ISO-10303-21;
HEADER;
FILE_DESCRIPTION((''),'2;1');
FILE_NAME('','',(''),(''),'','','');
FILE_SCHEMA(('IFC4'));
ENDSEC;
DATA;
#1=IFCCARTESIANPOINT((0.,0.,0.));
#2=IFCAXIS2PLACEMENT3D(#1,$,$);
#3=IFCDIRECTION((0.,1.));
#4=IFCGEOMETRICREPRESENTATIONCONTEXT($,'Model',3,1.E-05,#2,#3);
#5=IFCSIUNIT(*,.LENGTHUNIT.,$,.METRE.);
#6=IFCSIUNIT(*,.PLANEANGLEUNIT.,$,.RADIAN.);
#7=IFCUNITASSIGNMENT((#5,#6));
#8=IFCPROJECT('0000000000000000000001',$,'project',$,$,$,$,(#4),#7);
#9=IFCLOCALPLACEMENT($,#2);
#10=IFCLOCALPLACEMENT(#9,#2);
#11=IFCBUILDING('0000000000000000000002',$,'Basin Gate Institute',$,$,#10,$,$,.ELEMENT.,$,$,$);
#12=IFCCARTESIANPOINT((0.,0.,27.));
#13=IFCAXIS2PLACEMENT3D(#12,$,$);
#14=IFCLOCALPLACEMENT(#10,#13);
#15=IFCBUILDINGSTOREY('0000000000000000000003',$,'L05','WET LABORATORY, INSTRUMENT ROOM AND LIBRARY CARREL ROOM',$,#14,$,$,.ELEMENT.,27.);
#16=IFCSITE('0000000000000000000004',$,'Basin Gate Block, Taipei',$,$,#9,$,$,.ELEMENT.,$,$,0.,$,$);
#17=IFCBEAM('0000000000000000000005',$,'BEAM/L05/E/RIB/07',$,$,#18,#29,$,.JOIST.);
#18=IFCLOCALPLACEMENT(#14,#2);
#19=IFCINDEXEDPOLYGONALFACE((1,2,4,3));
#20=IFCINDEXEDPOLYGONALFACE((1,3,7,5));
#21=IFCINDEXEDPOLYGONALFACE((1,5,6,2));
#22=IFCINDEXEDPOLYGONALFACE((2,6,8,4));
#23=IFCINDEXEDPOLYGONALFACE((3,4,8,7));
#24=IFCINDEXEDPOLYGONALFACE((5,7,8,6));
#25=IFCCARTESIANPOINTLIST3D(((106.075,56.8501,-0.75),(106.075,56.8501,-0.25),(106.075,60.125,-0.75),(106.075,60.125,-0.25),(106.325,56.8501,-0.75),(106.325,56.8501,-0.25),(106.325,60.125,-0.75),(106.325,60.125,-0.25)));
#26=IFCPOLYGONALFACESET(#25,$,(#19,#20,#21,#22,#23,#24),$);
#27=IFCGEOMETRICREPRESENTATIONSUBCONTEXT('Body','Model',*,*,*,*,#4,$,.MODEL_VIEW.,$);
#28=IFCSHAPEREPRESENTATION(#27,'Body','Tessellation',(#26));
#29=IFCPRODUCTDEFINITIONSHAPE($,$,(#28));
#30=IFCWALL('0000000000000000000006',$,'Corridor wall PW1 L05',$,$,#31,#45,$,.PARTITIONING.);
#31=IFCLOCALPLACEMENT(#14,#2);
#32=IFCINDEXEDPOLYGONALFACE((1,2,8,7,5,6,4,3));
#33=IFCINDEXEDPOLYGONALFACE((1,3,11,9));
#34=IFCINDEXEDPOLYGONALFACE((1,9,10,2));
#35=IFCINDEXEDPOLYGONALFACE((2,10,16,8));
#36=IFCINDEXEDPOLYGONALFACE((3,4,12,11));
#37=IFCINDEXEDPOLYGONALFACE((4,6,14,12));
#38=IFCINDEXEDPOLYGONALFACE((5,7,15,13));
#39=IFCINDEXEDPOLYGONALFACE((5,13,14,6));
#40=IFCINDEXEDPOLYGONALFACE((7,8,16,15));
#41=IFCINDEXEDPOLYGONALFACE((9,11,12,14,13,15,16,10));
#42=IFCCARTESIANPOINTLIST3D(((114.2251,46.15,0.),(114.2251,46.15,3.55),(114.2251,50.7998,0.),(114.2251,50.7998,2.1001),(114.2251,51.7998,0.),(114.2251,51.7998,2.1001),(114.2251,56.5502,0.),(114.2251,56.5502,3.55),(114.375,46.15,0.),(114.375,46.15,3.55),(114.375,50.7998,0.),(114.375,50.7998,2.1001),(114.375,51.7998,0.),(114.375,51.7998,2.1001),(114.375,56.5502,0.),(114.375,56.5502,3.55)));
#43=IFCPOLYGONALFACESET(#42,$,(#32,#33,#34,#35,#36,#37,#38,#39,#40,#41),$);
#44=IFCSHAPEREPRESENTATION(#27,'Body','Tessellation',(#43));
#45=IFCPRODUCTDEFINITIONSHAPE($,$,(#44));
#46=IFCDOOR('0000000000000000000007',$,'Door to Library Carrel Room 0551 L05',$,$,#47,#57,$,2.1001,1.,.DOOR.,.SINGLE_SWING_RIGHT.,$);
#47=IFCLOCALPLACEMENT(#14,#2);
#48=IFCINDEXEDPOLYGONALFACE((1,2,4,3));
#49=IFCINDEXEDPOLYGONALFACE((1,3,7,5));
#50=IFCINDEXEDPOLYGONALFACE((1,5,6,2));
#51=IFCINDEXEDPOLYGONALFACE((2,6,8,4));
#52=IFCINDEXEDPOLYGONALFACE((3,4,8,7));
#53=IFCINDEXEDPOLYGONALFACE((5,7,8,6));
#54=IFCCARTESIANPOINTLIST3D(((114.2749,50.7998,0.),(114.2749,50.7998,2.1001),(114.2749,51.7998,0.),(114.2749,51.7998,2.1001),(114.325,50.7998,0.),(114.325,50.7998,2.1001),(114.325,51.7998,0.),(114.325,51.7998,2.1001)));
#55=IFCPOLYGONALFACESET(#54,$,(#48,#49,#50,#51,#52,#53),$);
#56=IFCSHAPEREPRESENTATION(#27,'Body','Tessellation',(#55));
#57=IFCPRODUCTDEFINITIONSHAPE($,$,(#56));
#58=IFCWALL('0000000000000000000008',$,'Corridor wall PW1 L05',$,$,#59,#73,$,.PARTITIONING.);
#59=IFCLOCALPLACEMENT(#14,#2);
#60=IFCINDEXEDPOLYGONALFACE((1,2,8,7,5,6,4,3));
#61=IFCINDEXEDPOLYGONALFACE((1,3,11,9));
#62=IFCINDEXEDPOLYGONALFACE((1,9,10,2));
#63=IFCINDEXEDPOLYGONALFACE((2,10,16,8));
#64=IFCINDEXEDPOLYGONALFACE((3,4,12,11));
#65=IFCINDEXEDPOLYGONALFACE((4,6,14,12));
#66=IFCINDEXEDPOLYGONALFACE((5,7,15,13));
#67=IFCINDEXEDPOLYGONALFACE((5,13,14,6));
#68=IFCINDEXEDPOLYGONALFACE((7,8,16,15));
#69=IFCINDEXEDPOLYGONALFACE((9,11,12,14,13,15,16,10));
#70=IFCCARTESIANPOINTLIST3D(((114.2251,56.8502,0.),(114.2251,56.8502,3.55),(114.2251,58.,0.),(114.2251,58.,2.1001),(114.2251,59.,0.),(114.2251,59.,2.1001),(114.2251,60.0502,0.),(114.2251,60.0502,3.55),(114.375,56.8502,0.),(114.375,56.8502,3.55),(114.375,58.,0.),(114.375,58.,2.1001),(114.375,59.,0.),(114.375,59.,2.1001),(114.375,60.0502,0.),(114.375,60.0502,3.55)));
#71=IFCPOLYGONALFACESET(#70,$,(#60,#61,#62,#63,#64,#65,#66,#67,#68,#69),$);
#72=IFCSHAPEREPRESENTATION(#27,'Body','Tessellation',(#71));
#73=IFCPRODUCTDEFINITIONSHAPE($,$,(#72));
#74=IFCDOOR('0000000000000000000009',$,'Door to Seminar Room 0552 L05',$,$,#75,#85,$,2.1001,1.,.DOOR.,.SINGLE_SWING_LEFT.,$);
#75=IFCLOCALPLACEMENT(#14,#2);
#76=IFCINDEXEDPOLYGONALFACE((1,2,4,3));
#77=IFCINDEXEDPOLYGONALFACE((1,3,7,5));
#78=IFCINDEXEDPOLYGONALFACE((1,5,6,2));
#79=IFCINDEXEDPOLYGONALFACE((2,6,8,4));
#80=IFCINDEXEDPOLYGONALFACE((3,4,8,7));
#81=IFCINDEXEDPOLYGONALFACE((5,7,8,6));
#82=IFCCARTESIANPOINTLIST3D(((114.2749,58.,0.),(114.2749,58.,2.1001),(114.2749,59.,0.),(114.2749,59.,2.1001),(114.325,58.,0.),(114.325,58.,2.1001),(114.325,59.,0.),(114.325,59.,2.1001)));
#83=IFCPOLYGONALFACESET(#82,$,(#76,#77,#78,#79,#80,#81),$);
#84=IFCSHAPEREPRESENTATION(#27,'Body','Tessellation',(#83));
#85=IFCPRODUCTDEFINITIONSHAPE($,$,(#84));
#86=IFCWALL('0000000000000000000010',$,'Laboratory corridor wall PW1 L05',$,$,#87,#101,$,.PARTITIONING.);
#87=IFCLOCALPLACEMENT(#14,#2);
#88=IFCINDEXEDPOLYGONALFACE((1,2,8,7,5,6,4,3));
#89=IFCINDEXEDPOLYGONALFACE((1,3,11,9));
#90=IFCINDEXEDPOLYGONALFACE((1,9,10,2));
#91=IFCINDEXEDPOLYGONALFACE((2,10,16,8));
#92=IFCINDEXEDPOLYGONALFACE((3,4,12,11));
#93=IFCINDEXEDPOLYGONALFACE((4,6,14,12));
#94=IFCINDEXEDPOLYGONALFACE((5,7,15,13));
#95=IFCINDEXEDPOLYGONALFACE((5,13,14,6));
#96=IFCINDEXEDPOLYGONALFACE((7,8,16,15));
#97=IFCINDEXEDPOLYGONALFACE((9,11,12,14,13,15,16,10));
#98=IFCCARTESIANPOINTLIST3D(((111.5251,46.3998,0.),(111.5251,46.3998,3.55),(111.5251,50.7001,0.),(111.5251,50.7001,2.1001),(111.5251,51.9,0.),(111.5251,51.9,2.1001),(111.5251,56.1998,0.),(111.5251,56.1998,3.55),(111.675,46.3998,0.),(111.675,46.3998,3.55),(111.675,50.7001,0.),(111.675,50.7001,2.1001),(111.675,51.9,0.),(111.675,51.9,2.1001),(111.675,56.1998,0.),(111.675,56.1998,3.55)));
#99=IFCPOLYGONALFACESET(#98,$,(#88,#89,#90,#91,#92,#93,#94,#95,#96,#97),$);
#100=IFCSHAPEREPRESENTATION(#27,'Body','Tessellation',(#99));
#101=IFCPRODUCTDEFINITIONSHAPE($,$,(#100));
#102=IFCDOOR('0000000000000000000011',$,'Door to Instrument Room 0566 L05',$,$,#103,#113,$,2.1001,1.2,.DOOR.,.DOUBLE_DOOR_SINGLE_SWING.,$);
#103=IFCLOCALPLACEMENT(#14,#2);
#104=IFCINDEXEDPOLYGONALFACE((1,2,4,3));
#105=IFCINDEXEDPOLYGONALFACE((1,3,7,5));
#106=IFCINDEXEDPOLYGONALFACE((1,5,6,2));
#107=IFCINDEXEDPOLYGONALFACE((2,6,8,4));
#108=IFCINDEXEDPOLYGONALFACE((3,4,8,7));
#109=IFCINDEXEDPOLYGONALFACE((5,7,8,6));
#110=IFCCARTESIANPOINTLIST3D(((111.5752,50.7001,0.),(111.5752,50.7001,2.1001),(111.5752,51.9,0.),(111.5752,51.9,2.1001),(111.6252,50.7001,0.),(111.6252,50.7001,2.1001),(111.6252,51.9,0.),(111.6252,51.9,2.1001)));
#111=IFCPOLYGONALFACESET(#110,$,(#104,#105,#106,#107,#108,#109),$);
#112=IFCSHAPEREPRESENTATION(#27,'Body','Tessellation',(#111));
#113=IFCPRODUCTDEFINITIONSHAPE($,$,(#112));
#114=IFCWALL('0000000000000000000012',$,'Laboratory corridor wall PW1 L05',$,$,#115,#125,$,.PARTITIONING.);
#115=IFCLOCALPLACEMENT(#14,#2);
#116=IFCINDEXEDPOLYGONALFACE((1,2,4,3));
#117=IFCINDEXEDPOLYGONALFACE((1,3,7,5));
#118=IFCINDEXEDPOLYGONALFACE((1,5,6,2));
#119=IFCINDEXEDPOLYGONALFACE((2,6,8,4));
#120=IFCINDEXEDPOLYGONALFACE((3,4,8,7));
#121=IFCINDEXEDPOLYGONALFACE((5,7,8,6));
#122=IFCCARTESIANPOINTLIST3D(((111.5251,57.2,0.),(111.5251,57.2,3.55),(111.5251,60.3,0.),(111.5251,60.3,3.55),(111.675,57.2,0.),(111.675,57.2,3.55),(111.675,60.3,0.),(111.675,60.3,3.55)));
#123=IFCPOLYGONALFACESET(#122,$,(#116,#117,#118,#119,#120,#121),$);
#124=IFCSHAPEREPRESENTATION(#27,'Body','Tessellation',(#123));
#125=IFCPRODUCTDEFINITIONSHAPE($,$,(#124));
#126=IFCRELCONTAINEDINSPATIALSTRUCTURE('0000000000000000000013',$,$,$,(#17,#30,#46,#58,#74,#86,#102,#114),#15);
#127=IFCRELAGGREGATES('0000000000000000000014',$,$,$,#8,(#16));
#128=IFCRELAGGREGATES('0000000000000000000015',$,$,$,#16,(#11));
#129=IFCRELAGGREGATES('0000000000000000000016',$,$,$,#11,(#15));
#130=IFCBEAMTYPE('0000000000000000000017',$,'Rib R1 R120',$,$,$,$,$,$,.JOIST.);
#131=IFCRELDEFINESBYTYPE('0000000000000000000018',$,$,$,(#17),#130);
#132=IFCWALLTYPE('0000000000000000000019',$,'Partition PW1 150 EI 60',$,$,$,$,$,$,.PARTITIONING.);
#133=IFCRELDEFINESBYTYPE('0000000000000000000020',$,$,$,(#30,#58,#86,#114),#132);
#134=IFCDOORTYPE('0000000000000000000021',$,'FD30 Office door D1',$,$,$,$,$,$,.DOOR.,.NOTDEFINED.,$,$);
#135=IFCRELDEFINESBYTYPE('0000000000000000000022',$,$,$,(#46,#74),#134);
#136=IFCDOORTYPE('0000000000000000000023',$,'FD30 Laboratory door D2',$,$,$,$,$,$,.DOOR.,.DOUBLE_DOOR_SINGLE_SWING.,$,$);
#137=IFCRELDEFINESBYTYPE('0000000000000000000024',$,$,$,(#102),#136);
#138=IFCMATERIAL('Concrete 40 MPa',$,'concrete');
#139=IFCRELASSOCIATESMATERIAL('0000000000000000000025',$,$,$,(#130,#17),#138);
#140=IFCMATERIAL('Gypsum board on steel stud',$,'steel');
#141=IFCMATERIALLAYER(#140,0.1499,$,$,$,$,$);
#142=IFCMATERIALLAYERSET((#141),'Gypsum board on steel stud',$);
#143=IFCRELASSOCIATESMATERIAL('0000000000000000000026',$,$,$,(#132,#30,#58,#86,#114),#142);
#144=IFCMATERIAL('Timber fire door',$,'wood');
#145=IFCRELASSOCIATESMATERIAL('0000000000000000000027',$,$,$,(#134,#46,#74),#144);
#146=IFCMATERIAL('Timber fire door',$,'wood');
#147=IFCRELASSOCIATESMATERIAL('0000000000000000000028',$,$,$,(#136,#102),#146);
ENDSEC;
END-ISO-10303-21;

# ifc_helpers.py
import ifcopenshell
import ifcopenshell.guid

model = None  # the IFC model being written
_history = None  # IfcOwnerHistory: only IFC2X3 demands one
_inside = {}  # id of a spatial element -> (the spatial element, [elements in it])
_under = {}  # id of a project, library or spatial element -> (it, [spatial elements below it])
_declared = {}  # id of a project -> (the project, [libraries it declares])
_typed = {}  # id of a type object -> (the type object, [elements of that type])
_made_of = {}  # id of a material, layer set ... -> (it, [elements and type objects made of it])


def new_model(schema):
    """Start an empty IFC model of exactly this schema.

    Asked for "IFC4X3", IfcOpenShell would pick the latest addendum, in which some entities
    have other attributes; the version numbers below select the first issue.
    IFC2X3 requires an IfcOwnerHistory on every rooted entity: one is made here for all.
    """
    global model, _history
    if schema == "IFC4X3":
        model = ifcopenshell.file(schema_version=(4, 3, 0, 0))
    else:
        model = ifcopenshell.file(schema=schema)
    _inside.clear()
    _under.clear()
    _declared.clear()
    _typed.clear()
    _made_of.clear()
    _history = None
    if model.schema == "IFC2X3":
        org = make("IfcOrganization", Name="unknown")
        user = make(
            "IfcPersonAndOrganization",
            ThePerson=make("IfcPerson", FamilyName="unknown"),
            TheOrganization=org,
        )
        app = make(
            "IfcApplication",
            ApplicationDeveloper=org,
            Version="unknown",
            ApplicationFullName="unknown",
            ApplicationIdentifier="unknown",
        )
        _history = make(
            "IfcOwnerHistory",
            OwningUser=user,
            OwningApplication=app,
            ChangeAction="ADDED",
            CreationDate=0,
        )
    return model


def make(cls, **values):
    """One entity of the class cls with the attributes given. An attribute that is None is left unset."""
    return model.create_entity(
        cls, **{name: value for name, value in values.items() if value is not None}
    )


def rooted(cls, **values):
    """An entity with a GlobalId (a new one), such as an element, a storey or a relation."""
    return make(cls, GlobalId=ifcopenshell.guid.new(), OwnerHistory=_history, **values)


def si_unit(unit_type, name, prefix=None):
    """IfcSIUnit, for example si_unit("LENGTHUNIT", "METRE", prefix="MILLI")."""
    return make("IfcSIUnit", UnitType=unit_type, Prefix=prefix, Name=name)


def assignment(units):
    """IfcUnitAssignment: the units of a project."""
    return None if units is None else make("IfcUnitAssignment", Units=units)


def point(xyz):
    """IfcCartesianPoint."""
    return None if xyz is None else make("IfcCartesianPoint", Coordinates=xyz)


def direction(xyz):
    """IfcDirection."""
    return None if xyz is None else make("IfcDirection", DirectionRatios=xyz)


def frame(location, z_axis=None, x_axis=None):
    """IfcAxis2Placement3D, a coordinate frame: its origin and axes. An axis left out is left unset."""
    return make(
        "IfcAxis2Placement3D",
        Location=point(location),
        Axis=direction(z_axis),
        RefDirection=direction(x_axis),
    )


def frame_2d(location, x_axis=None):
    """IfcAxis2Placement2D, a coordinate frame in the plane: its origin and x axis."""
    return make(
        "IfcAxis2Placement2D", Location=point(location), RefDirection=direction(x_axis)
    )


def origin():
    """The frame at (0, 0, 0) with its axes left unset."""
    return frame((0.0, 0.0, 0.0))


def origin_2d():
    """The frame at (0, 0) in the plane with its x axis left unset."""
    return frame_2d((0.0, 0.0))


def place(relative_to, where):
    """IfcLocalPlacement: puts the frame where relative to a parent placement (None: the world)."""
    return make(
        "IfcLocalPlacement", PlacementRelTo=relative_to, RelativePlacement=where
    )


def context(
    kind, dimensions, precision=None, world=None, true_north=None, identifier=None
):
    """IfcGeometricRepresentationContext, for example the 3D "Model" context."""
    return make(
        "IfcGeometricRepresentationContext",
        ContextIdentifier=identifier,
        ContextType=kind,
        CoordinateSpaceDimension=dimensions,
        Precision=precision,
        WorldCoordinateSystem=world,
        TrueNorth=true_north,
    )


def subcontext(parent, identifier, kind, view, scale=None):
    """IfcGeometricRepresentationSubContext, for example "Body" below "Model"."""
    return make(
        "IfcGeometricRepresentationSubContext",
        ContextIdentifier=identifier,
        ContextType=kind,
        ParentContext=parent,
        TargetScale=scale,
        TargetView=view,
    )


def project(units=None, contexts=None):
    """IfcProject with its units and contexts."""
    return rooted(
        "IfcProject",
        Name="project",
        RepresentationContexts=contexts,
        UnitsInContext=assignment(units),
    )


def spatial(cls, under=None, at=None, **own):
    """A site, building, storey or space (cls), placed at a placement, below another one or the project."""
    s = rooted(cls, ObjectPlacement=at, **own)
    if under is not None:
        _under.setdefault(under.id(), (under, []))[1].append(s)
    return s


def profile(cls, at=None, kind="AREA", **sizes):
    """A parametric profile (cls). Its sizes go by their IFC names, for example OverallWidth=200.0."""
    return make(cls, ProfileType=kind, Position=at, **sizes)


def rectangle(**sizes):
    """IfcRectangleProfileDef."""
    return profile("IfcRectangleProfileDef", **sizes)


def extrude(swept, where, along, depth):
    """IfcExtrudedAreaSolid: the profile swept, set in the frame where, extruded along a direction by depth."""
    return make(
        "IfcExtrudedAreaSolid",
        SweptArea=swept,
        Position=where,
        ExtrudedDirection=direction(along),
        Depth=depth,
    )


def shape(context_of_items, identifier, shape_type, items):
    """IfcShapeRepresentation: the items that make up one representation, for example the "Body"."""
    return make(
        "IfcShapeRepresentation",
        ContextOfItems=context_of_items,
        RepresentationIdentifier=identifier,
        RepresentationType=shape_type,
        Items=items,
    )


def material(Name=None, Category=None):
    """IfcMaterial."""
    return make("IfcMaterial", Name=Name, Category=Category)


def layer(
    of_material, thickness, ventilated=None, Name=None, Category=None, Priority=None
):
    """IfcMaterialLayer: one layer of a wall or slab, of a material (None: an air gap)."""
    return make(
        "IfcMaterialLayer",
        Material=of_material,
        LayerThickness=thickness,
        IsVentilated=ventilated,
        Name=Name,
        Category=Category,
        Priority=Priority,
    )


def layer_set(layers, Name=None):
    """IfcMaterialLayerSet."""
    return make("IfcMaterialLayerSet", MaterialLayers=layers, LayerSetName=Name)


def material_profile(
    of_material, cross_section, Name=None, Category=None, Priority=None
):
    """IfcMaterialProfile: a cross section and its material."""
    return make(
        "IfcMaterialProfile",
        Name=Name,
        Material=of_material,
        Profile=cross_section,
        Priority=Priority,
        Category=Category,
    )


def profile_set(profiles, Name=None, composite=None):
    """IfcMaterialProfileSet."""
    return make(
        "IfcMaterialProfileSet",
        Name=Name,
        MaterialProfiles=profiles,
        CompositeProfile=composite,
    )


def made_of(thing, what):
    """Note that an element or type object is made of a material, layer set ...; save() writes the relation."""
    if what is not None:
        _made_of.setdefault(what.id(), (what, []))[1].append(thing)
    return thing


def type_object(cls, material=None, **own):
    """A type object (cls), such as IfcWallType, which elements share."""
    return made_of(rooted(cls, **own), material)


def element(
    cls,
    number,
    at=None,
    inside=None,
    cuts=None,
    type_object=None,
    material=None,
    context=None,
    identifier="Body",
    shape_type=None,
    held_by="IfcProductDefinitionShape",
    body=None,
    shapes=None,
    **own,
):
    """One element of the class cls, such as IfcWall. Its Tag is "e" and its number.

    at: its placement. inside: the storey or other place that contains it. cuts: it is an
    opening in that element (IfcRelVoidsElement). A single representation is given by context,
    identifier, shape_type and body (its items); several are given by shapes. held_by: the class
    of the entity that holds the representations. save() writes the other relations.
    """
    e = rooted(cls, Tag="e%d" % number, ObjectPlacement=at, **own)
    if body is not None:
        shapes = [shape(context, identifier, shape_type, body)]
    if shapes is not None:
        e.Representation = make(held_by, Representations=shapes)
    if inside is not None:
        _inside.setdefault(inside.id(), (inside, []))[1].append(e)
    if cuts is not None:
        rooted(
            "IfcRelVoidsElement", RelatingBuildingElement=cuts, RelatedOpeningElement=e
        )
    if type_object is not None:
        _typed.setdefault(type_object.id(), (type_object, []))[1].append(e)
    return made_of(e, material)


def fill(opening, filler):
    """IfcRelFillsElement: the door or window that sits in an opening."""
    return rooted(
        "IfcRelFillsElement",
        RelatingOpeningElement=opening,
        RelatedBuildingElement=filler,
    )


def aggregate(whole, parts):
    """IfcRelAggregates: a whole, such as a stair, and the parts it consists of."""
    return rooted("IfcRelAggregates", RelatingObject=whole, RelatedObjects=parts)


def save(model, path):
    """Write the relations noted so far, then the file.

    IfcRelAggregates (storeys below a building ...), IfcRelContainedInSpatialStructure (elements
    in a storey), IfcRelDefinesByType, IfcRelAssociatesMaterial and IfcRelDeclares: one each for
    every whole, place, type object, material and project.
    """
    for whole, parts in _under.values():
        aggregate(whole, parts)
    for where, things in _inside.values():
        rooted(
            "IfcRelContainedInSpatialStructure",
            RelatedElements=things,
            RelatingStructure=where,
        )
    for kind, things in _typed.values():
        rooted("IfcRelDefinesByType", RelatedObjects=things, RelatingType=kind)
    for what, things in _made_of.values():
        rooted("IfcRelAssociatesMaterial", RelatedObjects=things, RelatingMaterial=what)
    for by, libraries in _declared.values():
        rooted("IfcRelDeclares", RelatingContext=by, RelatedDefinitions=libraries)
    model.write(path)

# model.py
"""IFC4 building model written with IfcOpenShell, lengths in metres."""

from ifc_helpers import new_model, si_unit, direction, frame, frame_2d, origin, origin_2d, place, context, subcontext, project, spatial, rectangle, extrude, material, layer, layer_set, material_profile, profile_set, type_object, element, fill, save


model = new_model("IFC4")

# Units and contexts
model_context = context("Model", 3, precision=1e-05, world=origin(), true_north=direction((0.0, 1.0)))
body_context = subcontext(model_context, "Body", "Model", "MODEL_VIEW")
ifc_project = project(units=[si_unit("LENGTHUNIT", "METRE"), si_unit("PLANEANGLEUNIT", "RADIAN")], contexts=[model_context])

# Site, building, storey
site_placement = place(None, origin())
site = spatial("IfcSite", under=ifc_project, at=site_placement, Name="Basin Gate Block, Taipei", CompositionType="ELEMENT", RefElevation=0.0)
building_placement = place(site_placement, origin())
building = spatial("IfcBuilding", under=site, at=building_placement, Name="Basin Gate Institute", CompositionType="ELEMENT")
storey_placement = place(building_placement, frame((0.0, 0.0, 27.0)))
storey = spatial("IfcBuildingStorey", under=building, at=storey_placement, Name="L05", Description="WET LABORATORY, INSTRUMENT ROOM AND LIBRARY CARREL ROOM", CompositionType="ELEMENT", Elevation=27.0)

# Beam
ifc_material_1 = material(Name="Concrete 40 MPa", Category="concrete")
ifc_material_profile_1 = material_profile(ifc_material_1, rectangle(XDim=0.25, YDim=0.5, at=origin_2d()), Name="Rib R1 250 x 500")
ifc_profile_set_1 = profile_set([ifc_material_profile_1], Name="Concrete 40 MPa")
beam_type_1 = type_object("IfcBeamType", Name="Rib R1 R120", PredefinedType="JOIST", material=ifc_profile_set_1)
beam_1_placement = place(storey_placement, frame((106.2, 56.8501, -0.5), z_axis=(0.0, 1.0, 0.0), x_axis=(-1.0, 0.0, 0.0)))
element("IfcBeam", 1, at=beam_1_placement, inside=storey, type_object=beam_type_1, material=ifc_profile_set_1, Name="BEAM/L05/E/RIB/07", PredefinedType="JOIST", context=body_context, shape_type="SweptSolid", body=[
    extrude(rectangle(XDim=0.25, YDim=0.5, at=origin_2d()), origin(), (0.0, 0.0, 1.0), 3.2749),
])

# Walls, openings, doors
ifc_material_2 = material(Name="Gypsum board on steel stud", Category="steel")
ifc_layer_1 = layer(ifc_material_2, 0.1499)
ifc_layer_set_1 = layer_set([ifc_layer_1], Name="Gypsum board on steel stud")
wall_type_1 = type_object("IfcWallType", Name="Partition PW1 150 EI 60", PredefinedType="PARTITIONING", material=ifc_layer_set_1)
wall_1_placement = place(storey_placement, frame((114.3, 46.1499, 0.0), z_axis=(0.0, 0.0, 1.0), x_axis=(0.0, 1.0, 0.0)))
wall_1 = element("IfcWall", 2, at=wall_1_placement, inside=storey, type_object=wall_type_1, material=ifc_layer_set_1, Name="Corridor wall PW1 L05", PredefinedType="PARTITIONING", context=body_context, shape_type="SweptSolid", body=[
    extrude(rectangle(XDim=10.4001, YDim=0.1499, at=frame_2d((5.2002, 0.0))), origin(), (0.0, 0.0, 1.0), 3.55),
])
opening_1_placement = place(wall_1_placement, frame((4.6499, 0.0, 0.0)))
opening_1 = element("IfcOpeningElement", 3, at=opening_1_placement, cuts=wall_1, PredefinedType="OPENING", context=body_context, shape_type="SweptSolid", body=[
    extrude(rectangle(XDim=1.0, YDim=2.1001, at=frame_2d((0.5, 1.05))), frame((0.0, 0.085, 0.0), z_axis=(0.0, -1.0, 0.0), x_axis=(1.0, 0.0, 0.0)), (0.0, 0.0, 1.0), 0.1699),
])
ifc_material_3 = material(Name="Timber fire door", Category="wood")
door_type_1 = type_object("IfcDoorType", Name="FD30 Office door D1", OperationType="NOTDEFINED", PredefinedType="DOOR", material=ifc_material_3)
door_1_placement = place(opening_1_placement, frame((1.0, 0.0, 0.0), z_axis=(0.0, 0.0, 1.0), x_axis=(-1.0, 0.0, 0.0)))
door_1 = element("IfcDoor", 4, at=door_1_placement, inside=storey, type_object=door_type_1, material=ifc_material_3, Name="Door to Library Carrel Room 0551 L05", OperationType="SINGLE_SWING_RIGHT", OverallHeight=2.1001, OverallWidth=1.0, PredefinedType="DOOR", context=body_context, shape_type="SweptSolid", body=[
    extrude(rectangle(XDim=1.0, YDim=2.1001, at=frame_2d((0.5, 1.05))), frame((0.0, 0.0249, 0.0), z_axis=(0.0, -1.0, 0.0), x_axis=(1.0, 0.0, 0.0)), (0.0, 0.0, 1.0), 0.05),
])
fill(opening_1, door_1)
wall_2_placement = place(storey_placement, frame((114.3, 56.8501, 0.0), z_axis=(0.0, 0.0, 1.0), x_axis=(0.0, 1.0, 0.0)))
wall_2 = element("IfcWall", 5, at=wall_2_placement, inside=storey, type_object=wall_type_1, material=ifc_layer_set_1, Name="Corridor wall PW1 L05", PredefinedType="PARTITIONING", context=body_context, shape_type="SweptSolid", body=[
    extrude(rectangle(XDim=3.2, YDim=0.1499, at=frame_2d((1.6001, 0.0))), origin(), (0.0, 0.0, 1.0), 3.55),
])
opening_2_placement = place(wall_2_placement, frame((1.1499, 0.0, 0.0)))
opening_2 = element("IfcOpeningElement", 6, at=opening_2_placement, cuts=wall_2, PredefinedType="OPENING", context=body_context, shape_type="SweptSolid", body=[
    extrude(rectangle(XDim=1.0, YDim=2.1001, at=frame_2d((0.5, 1.05))), frame((0.0, 0.085, 0.0), z_axis=(0.0, -1.0, 0.0), x_axis=(1.0, 0.0, 0.0)), (0.0, 0.0, 1.0), 0.1699),
])
door_2_placement = place(opening_2_placement, frame((1.0, 0.0, 0.0), z_axis=(0.0, 0.0, 1.0), x_axis=(-1.0, 0.0, 0.0)))
door_2 = element("IfcDoor", 7, at=door_2_placement, inside=storey, type_object=door_type_1, material=ifc_material_3, Name="Door to Seminar Room 0552 L05", OperationType="SINGLE_SWING_LEFT", OverallHeight=2.1001, OverallWidth=1.0, PredefinedType="DOOR", context=body_context, shape_type="SweptSolid", body=[
    extrude(rectangle(XDim=1.0, YDim=2.1001, at=frame_2d((0.5, 1.05))), frame((0.0, 0.0249, 0.0), z_axis=(0.0, -1.0, 0.0), x_axis=(1.0, 0.0, 0.0)), (0.0, 0.0, 1.0), 0.05),
])
fill(opening_2, door_2)
wall_3_placement = place(storey_placement, frame((111.6001, 46.3999, 0.0), z_axis=(0.0, 0.0, 1.0), x_axis=(0.0, 1.0, 0.0)))
wall_3 = element("IfcWall", 8, at=wall_3_placement, inside=storey, type_object=wall_type_1, material=ifc_layer_set_1, Name="Laboratory corridor wall PW1 L05", PredefinedType="PARTITIONING", context=body_context, shape_type="SweptSolid", body=[
    extrude(rectangle(XDim=9.8, YDim=0.1499, at=frame_2d((4.8999, 0.0))), origin(), (0.0, 0.0, 1.0), 3.55),
])
opening_3_placement = place(wall_3_placement, frame((4.3, 0.0, 0.0)))
opening_3 = element("IfcOpeningElement", 9, at=opening_3_placement, cuts=wall_3, PredefinedType="OPENING", context=body_context, shape_type="SweptSolid", body=[
    extrude(rectangle(XDim=1.2, YDim=2.1001, at=frame_2d((0.6001, 1.05))), frame((0.0, 0.085, 0.0), z_axis=(0.0, -1.0, 0.0), x_axis=(1.0, 0.0, 0.0)), (0.0, 0.0, 1.0), 0.1699),
])
ifc_material_4 = material(Name="Timber fire door", Category="wood")
door_type_2 = type_object("IfcDoorType", Name="FD30 Laboratory door D2", OperationType="DOUBLE_DOOR_SINGLE_SWING", PredefinedType="DOOR", material=ifc_material_4)
door_3_placement = place(opening_3_placement, origin())
door_3 = element("IfcDoor", 10, at=door_3_placement, inside=storey, type_object=door_type_2, material=ifc_material_4, Name="Door to Instrument Room 0566 L05", OperationType="DOUBLE_DOOR_SINGLE_SWING", OverallHeight=2.1001, OverallWidth=1.2, PredefinedType="DOOR", context=body_context, shape_type="SweptSolid", body=[
    extrude(rectangle(XDim=1.2, YDim=2.1001, at=frame_2d((0.6001, 1.05))), frame((0.0, 0.0249, 0.0), z_axis=(0.0, -1.0, 0.0), x_axis=(1.0, 0.0, 0.0)), (0.0, 0.0, 1.0), 0.05),
])
fill(opening_3, door_3)

# Wall
wall_4_placement = place(storey_placement, frame((111.6001, 57.2, 0.0), z_axis=(0.0, 0.0, 1.0), x_axis=(0.0, 1.0, 0.0)))
element("IfcWall", 11, at=wall_4_placement, inside=storey, type_object=wall_type_1, material=ifc_layer_set_1, Name="Laboratory corridor wall PW1 L05", PredefinedType="PARTITIONING", context=body_context, shape_type="SweptSolid", body=[
    extrude(rectangle(XDim=3.1001, YDim=0.1499, at=frame_2d((1.55, 0.0))), origin(), (0.0, 0.0, 1.0), 3.55),
])

save(model, "model.ifc")
